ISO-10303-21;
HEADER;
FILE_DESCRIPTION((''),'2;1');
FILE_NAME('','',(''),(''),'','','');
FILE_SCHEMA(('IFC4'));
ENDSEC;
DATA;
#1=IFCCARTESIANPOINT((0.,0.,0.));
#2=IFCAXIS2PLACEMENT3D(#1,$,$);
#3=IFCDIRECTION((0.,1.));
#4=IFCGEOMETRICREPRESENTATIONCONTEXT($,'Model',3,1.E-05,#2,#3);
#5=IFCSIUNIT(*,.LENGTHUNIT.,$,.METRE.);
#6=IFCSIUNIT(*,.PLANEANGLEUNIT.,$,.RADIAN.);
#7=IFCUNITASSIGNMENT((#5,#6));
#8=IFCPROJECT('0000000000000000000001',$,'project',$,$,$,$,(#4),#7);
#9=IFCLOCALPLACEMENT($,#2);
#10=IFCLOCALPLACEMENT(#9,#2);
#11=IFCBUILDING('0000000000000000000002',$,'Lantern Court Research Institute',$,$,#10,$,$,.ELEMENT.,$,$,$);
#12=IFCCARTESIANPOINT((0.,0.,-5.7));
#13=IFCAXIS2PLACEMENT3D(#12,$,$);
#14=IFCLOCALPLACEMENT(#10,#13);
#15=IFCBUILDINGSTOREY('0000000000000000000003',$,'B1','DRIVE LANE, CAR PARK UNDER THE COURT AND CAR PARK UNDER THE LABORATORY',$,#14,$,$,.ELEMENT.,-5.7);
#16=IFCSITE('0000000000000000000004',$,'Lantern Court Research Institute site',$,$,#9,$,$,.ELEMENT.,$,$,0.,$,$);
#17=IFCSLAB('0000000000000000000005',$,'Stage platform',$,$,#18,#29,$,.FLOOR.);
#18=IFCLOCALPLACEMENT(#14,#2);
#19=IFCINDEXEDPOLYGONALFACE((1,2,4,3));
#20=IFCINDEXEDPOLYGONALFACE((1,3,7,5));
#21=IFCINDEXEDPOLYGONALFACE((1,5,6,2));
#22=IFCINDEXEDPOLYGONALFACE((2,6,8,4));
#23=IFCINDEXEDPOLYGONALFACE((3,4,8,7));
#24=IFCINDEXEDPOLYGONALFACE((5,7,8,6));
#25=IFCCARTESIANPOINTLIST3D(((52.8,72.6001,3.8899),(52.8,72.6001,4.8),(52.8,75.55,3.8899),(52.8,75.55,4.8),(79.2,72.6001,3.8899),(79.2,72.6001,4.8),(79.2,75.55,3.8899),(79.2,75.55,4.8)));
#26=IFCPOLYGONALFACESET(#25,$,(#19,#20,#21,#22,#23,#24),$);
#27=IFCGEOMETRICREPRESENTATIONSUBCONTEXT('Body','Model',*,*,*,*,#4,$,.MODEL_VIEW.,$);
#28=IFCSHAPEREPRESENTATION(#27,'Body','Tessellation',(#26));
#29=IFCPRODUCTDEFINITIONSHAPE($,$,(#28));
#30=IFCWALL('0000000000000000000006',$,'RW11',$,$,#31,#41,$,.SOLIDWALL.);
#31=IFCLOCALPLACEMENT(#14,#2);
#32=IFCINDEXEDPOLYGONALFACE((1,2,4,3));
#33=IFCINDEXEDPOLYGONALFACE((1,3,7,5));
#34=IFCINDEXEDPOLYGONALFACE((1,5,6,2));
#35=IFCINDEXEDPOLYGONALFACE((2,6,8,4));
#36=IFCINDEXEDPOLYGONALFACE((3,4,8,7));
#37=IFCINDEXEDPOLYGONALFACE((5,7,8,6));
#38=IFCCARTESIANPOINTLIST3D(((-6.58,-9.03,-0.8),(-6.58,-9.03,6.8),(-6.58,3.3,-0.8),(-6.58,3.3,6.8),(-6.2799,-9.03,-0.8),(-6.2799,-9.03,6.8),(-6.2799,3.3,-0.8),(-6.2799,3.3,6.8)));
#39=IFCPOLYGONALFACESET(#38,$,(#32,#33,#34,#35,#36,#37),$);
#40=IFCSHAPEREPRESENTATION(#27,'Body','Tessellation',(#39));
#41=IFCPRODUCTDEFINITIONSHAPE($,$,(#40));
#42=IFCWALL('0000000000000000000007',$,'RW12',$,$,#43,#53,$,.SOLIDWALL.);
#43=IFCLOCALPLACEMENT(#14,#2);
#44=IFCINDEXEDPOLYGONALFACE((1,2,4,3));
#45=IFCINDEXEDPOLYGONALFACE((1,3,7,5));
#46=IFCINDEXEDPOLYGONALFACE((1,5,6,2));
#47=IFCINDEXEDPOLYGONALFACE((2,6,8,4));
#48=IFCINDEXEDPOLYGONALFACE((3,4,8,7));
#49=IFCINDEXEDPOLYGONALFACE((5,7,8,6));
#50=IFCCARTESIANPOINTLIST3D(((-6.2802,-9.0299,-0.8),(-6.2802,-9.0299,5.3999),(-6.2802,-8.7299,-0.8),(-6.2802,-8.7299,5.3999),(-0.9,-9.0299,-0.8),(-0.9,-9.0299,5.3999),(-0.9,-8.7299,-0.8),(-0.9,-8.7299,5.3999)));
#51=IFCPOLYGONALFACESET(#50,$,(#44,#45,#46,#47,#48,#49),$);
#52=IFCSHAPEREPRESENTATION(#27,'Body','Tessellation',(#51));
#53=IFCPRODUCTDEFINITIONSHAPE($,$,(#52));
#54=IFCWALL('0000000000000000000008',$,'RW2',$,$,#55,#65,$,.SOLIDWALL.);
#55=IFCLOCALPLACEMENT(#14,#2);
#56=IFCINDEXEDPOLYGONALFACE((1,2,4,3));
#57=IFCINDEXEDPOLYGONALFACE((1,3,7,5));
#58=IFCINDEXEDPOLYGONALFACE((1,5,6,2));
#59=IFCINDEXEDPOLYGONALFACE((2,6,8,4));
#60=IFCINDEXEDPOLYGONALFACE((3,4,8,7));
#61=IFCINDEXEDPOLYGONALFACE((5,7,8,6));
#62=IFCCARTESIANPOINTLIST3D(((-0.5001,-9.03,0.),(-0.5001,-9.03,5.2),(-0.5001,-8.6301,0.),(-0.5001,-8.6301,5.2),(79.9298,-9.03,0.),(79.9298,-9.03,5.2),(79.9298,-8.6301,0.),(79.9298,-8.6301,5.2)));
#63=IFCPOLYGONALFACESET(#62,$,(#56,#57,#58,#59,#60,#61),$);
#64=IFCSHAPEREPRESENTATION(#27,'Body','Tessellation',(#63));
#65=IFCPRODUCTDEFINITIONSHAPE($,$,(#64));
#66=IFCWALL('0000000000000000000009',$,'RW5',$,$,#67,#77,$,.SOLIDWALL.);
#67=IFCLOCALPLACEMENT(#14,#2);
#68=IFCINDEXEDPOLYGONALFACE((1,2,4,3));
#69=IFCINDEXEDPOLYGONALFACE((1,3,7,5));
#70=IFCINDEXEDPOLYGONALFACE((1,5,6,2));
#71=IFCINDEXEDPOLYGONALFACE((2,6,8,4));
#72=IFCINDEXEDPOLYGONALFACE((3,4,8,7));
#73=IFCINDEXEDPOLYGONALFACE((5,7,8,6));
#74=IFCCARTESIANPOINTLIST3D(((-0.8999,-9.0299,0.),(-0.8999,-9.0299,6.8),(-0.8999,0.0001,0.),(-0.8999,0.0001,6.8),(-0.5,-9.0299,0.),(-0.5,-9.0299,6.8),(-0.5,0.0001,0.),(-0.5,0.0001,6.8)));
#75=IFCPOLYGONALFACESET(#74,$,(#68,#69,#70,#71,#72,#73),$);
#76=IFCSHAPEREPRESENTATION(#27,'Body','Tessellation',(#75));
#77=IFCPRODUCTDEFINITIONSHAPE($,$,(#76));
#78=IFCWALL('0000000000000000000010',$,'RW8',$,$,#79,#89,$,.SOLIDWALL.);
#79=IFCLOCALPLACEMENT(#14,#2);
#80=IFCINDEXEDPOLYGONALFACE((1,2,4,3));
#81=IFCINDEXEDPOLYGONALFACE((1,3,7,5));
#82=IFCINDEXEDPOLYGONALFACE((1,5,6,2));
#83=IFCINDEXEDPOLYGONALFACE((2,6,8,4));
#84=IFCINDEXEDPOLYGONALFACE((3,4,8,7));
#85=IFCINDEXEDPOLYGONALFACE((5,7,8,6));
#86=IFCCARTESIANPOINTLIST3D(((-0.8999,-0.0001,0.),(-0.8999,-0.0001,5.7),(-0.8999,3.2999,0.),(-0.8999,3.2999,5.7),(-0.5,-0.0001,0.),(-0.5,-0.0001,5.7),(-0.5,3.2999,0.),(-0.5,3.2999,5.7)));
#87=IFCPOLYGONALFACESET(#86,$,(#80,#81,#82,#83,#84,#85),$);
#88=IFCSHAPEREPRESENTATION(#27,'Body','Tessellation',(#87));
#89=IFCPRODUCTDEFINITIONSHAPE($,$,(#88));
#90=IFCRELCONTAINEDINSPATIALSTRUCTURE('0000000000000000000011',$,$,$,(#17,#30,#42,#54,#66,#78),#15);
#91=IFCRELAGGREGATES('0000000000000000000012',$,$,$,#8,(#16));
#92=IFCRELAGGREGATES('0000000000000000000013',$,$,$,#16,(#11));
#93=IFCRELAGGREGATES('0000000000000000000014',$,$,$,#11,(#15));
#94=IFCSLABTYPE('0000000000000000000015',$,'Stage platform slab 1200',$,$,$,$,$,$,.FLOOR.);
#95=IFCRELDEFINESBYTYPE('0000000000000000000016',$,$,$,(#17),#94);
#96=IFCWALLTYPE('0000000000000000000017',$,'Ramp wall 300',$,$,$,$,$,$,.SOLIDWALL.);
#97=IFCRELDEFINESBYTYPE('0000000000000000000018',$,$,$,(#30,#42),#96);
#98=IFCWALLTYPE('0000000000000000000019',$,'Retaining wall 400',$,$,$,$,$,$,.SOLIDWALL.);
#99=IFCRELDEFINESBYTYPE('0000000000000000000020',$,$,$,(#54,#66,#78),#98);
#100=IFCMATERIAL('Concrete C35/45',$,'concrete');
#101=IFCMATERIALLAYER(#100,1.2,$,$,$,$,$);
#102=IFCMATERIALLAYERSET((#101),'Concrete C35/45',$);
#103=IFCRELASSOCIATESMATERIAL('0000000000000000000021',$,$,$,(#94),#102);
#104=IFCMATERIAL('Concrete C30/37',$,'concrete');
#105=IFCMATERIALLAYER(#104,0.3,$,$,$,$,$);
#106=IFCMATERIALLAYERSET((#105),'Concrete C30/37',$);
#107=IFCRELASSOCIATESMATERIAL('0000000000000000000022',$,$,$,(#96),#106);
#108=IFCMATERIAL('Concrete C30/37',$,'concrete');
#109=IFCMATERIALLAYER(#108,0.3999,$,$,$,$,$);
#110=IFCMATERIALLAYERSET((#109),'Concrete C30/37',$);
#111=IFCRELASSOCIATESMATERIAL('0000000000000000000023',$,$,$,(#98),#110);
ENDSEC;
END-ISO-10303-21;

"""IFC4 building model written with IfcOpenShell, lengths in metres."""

from ifc_helpers import new_model, si_unit, direction, frame, frame_2d, origin, place, context, subcontext, project, spatial, polyline, rectangle, outline, extrude, material, layer, layer_set, type_object, element, save


model = new_model("IFC4")

# Units and contexts
model_context = context("Model", 3, precision=1e-05, world=origin(), true_north=direction((0.0, 1.0)))
body_context = subcontext(model_context, "Body", "Model", "MODEL_VIEW")
ifc_project = project(units=[si_unit("LENGTHUNIT", "METRE"), si_unit("PLANEANGLEUNIT", "RADIAN")], contexts=[model_context])

# Site, building, storey
site_placement = place(None, origin())
site = spatial("IfcSite", under=ifc_project, at=site_placement, Name="Lantern Court Research Institute site", CompositionType="ELEMENT", RefElevation=0.0)
building_placement = place(site_placement, origin())
building = spatial("IfcBuilding", under=site, at=building_placement, Name="Lantern Court Research Institute", CompositionType="ELEMENT")
storey_placement = place(building_placement, frame((0.0, 0.0, -5.7)))
storey = spatial("IfcBuildingStorey", under=building, at=storey_placement, Name="B1", Description="DRIVE LANE, CAR PARK UNDER THE COURT AND CAR PARK UNDER THE LABORATORY", CompositionType="ELEMENT", Elevation=-5.7)

# Slab
ifc_material_1 = material(Name="Concrete C35/45", Category="concrete")
ifc_layer_1 = layer(ifc_material_1, 1.2)
ifc_layer_set_1 = layer_set([ifc_layer_1], Name="Concrete C35/45")
slab_type_1 = type_object("IfcSlabType", Name="Stage platform slab 1200", PredefinedType="FLOOR", material=ifc_layer_set_1)
slab_1_placement = place(storey_placement, frame((0.0, 0.0, 3.8899)))
element("IfcSlab", 1, at=slab_1_placement, inside=storey, type_object=slab_type_1, Name="Stage platform", PredefinedType="FLOOR", context=body_context, shape_type="SweptSolid", body=[
    extrude(outline(polyline([(52.8, 72.6001), (79.2, 72.6001), (79.2, 75.55), (52.8, 75.55), (52.8, 72.6001)])), origin(), (0.0, 0.0, 1.0), 0.9102),
])

# Walls
ifc_material_2 = material(Name="Concrete C30/37", Category="concrete")
ifc_layer_2 = layer(ifc_material_2, 0.3)
ifc_layer_set_2 = layer_set([ifc_layer_2], Name="Concrete C30/37")
wall_type_1 = type_object("IfcWallType", Name="Ramp wall 300", PredefinedType="SOLIDWALL", material=ifc_layer_set_2)
wall_1_placement = place(storey_placement, frame((-6.4299, -9.03, -0.8), z_axis=(0.0, 0.0, 1.0), x_axis=(0.0, 1.0, 0.0)))
element("IfcWall", 2, at=wall_1_placement, inside=storey, type_object=wall_type_1, Name="RW11", PredefinedType="SOLIDWALL", context=body_context, shape_type="SweptSolid", body=[
    extrude(rectangle(XDim=12.3301, YDim=0.3, at=frame_2d((6.165, 0.0))), origin(), (0.0, 0.0, 1.0), 7.6001),
])
wall_2_placement = place(storey_placement, frame((-6.28, -8.8799, -0.8), z_axis=(0.0, 0.0, 1.0), x_axis=(1.0, 0.0, 0.0)))
element("IfcWall", 3, at=wall_2_placement, inside=storey, type_object=wall_type_1, Name="RW12", PredefinedType="SOLIDWALL", context=body_context, shape_type="SweptSolid", body=[
    extrude(rectangle(XDim=5.3801, YDim=0.3, at=frame_2d((2.6899, 0.0))), origin(), (0.0, 0.0, 1.0), 6.2),
])
ifc_material_3 = material(Name="Concrete C30/37", Category="concrete")
ifc_layer_3 = layer(ifc_material_3, 0.3999)
ifc_layer_set_3 = layer_set([ifc_layer_3], Name="Concrete C30/37")
wall_type_2 = type_object("IfcWallType", Name="Retaining wall 400", PredefinedType="SOLIDWALL", material=ifc_layer_set_3)
wall_3_placement = place(storey_placement, frame((-0.5, -8.8301, 0.0), z_axis=(0.0, 0.0, 1.0), x_axis=(1.0, 0.0, 0.0)))
element("IfcWall", 4, at=wall_3_placement, inside=storey, type_object=wall_type_2, Name="RW2", PredefinedType="SOLIDWALL", context=body_context, shape_type="SweptSolid", body=[
    extrude(rectangle(XDim=80.4299, YDim=0.3999, at=frame_2d((40.2148, 0.0))), origin(), (0.0, 0.0, 1.0), 5.2),
])
wall_4_placement = place(storey_placement, frame((-0.7, -9.03, 0.0), z_axis=(0.0, 0.0, 1.0), x_axis=(0.0, 1.0, 0.0)))
element("IfcWall", 5, at=wall_4_placement, inside=storey, type_object=wall_type_2, Name="RW5", PredefinedType="SOLIDWALL", context=body_context, shape_type="SweptSolid", body=[
    extrude(rectangle(XDim=9.03, YDim=0.3999, at=frame_2d((4.5151, 0.0))), origin(), (0.0, 0.0, 1.0), 6.8),
])
wall_5_placement = place(storey_placement, frame((-0.7, 0.0, 0.0), z_axis=(0.0, 0.0, 1.0), x_axis=(0.0, 1.0, 0.0)))
element("IfcWall", 6, at=wall_5_placement, inside=storey, type_object=wall_type_2, Name="RW8", PredefinedType="SOLIDWALL", context=body_context, shape_type="SweptSolid", body=[
    extrude(rectangle(XDim=3.3, YDim=0.3999, at=frame_2d((1.6499, 0.0))), origin(), (0.0, 0.0, 1.0), 5.7),
])

save(model, "model.ifc")
